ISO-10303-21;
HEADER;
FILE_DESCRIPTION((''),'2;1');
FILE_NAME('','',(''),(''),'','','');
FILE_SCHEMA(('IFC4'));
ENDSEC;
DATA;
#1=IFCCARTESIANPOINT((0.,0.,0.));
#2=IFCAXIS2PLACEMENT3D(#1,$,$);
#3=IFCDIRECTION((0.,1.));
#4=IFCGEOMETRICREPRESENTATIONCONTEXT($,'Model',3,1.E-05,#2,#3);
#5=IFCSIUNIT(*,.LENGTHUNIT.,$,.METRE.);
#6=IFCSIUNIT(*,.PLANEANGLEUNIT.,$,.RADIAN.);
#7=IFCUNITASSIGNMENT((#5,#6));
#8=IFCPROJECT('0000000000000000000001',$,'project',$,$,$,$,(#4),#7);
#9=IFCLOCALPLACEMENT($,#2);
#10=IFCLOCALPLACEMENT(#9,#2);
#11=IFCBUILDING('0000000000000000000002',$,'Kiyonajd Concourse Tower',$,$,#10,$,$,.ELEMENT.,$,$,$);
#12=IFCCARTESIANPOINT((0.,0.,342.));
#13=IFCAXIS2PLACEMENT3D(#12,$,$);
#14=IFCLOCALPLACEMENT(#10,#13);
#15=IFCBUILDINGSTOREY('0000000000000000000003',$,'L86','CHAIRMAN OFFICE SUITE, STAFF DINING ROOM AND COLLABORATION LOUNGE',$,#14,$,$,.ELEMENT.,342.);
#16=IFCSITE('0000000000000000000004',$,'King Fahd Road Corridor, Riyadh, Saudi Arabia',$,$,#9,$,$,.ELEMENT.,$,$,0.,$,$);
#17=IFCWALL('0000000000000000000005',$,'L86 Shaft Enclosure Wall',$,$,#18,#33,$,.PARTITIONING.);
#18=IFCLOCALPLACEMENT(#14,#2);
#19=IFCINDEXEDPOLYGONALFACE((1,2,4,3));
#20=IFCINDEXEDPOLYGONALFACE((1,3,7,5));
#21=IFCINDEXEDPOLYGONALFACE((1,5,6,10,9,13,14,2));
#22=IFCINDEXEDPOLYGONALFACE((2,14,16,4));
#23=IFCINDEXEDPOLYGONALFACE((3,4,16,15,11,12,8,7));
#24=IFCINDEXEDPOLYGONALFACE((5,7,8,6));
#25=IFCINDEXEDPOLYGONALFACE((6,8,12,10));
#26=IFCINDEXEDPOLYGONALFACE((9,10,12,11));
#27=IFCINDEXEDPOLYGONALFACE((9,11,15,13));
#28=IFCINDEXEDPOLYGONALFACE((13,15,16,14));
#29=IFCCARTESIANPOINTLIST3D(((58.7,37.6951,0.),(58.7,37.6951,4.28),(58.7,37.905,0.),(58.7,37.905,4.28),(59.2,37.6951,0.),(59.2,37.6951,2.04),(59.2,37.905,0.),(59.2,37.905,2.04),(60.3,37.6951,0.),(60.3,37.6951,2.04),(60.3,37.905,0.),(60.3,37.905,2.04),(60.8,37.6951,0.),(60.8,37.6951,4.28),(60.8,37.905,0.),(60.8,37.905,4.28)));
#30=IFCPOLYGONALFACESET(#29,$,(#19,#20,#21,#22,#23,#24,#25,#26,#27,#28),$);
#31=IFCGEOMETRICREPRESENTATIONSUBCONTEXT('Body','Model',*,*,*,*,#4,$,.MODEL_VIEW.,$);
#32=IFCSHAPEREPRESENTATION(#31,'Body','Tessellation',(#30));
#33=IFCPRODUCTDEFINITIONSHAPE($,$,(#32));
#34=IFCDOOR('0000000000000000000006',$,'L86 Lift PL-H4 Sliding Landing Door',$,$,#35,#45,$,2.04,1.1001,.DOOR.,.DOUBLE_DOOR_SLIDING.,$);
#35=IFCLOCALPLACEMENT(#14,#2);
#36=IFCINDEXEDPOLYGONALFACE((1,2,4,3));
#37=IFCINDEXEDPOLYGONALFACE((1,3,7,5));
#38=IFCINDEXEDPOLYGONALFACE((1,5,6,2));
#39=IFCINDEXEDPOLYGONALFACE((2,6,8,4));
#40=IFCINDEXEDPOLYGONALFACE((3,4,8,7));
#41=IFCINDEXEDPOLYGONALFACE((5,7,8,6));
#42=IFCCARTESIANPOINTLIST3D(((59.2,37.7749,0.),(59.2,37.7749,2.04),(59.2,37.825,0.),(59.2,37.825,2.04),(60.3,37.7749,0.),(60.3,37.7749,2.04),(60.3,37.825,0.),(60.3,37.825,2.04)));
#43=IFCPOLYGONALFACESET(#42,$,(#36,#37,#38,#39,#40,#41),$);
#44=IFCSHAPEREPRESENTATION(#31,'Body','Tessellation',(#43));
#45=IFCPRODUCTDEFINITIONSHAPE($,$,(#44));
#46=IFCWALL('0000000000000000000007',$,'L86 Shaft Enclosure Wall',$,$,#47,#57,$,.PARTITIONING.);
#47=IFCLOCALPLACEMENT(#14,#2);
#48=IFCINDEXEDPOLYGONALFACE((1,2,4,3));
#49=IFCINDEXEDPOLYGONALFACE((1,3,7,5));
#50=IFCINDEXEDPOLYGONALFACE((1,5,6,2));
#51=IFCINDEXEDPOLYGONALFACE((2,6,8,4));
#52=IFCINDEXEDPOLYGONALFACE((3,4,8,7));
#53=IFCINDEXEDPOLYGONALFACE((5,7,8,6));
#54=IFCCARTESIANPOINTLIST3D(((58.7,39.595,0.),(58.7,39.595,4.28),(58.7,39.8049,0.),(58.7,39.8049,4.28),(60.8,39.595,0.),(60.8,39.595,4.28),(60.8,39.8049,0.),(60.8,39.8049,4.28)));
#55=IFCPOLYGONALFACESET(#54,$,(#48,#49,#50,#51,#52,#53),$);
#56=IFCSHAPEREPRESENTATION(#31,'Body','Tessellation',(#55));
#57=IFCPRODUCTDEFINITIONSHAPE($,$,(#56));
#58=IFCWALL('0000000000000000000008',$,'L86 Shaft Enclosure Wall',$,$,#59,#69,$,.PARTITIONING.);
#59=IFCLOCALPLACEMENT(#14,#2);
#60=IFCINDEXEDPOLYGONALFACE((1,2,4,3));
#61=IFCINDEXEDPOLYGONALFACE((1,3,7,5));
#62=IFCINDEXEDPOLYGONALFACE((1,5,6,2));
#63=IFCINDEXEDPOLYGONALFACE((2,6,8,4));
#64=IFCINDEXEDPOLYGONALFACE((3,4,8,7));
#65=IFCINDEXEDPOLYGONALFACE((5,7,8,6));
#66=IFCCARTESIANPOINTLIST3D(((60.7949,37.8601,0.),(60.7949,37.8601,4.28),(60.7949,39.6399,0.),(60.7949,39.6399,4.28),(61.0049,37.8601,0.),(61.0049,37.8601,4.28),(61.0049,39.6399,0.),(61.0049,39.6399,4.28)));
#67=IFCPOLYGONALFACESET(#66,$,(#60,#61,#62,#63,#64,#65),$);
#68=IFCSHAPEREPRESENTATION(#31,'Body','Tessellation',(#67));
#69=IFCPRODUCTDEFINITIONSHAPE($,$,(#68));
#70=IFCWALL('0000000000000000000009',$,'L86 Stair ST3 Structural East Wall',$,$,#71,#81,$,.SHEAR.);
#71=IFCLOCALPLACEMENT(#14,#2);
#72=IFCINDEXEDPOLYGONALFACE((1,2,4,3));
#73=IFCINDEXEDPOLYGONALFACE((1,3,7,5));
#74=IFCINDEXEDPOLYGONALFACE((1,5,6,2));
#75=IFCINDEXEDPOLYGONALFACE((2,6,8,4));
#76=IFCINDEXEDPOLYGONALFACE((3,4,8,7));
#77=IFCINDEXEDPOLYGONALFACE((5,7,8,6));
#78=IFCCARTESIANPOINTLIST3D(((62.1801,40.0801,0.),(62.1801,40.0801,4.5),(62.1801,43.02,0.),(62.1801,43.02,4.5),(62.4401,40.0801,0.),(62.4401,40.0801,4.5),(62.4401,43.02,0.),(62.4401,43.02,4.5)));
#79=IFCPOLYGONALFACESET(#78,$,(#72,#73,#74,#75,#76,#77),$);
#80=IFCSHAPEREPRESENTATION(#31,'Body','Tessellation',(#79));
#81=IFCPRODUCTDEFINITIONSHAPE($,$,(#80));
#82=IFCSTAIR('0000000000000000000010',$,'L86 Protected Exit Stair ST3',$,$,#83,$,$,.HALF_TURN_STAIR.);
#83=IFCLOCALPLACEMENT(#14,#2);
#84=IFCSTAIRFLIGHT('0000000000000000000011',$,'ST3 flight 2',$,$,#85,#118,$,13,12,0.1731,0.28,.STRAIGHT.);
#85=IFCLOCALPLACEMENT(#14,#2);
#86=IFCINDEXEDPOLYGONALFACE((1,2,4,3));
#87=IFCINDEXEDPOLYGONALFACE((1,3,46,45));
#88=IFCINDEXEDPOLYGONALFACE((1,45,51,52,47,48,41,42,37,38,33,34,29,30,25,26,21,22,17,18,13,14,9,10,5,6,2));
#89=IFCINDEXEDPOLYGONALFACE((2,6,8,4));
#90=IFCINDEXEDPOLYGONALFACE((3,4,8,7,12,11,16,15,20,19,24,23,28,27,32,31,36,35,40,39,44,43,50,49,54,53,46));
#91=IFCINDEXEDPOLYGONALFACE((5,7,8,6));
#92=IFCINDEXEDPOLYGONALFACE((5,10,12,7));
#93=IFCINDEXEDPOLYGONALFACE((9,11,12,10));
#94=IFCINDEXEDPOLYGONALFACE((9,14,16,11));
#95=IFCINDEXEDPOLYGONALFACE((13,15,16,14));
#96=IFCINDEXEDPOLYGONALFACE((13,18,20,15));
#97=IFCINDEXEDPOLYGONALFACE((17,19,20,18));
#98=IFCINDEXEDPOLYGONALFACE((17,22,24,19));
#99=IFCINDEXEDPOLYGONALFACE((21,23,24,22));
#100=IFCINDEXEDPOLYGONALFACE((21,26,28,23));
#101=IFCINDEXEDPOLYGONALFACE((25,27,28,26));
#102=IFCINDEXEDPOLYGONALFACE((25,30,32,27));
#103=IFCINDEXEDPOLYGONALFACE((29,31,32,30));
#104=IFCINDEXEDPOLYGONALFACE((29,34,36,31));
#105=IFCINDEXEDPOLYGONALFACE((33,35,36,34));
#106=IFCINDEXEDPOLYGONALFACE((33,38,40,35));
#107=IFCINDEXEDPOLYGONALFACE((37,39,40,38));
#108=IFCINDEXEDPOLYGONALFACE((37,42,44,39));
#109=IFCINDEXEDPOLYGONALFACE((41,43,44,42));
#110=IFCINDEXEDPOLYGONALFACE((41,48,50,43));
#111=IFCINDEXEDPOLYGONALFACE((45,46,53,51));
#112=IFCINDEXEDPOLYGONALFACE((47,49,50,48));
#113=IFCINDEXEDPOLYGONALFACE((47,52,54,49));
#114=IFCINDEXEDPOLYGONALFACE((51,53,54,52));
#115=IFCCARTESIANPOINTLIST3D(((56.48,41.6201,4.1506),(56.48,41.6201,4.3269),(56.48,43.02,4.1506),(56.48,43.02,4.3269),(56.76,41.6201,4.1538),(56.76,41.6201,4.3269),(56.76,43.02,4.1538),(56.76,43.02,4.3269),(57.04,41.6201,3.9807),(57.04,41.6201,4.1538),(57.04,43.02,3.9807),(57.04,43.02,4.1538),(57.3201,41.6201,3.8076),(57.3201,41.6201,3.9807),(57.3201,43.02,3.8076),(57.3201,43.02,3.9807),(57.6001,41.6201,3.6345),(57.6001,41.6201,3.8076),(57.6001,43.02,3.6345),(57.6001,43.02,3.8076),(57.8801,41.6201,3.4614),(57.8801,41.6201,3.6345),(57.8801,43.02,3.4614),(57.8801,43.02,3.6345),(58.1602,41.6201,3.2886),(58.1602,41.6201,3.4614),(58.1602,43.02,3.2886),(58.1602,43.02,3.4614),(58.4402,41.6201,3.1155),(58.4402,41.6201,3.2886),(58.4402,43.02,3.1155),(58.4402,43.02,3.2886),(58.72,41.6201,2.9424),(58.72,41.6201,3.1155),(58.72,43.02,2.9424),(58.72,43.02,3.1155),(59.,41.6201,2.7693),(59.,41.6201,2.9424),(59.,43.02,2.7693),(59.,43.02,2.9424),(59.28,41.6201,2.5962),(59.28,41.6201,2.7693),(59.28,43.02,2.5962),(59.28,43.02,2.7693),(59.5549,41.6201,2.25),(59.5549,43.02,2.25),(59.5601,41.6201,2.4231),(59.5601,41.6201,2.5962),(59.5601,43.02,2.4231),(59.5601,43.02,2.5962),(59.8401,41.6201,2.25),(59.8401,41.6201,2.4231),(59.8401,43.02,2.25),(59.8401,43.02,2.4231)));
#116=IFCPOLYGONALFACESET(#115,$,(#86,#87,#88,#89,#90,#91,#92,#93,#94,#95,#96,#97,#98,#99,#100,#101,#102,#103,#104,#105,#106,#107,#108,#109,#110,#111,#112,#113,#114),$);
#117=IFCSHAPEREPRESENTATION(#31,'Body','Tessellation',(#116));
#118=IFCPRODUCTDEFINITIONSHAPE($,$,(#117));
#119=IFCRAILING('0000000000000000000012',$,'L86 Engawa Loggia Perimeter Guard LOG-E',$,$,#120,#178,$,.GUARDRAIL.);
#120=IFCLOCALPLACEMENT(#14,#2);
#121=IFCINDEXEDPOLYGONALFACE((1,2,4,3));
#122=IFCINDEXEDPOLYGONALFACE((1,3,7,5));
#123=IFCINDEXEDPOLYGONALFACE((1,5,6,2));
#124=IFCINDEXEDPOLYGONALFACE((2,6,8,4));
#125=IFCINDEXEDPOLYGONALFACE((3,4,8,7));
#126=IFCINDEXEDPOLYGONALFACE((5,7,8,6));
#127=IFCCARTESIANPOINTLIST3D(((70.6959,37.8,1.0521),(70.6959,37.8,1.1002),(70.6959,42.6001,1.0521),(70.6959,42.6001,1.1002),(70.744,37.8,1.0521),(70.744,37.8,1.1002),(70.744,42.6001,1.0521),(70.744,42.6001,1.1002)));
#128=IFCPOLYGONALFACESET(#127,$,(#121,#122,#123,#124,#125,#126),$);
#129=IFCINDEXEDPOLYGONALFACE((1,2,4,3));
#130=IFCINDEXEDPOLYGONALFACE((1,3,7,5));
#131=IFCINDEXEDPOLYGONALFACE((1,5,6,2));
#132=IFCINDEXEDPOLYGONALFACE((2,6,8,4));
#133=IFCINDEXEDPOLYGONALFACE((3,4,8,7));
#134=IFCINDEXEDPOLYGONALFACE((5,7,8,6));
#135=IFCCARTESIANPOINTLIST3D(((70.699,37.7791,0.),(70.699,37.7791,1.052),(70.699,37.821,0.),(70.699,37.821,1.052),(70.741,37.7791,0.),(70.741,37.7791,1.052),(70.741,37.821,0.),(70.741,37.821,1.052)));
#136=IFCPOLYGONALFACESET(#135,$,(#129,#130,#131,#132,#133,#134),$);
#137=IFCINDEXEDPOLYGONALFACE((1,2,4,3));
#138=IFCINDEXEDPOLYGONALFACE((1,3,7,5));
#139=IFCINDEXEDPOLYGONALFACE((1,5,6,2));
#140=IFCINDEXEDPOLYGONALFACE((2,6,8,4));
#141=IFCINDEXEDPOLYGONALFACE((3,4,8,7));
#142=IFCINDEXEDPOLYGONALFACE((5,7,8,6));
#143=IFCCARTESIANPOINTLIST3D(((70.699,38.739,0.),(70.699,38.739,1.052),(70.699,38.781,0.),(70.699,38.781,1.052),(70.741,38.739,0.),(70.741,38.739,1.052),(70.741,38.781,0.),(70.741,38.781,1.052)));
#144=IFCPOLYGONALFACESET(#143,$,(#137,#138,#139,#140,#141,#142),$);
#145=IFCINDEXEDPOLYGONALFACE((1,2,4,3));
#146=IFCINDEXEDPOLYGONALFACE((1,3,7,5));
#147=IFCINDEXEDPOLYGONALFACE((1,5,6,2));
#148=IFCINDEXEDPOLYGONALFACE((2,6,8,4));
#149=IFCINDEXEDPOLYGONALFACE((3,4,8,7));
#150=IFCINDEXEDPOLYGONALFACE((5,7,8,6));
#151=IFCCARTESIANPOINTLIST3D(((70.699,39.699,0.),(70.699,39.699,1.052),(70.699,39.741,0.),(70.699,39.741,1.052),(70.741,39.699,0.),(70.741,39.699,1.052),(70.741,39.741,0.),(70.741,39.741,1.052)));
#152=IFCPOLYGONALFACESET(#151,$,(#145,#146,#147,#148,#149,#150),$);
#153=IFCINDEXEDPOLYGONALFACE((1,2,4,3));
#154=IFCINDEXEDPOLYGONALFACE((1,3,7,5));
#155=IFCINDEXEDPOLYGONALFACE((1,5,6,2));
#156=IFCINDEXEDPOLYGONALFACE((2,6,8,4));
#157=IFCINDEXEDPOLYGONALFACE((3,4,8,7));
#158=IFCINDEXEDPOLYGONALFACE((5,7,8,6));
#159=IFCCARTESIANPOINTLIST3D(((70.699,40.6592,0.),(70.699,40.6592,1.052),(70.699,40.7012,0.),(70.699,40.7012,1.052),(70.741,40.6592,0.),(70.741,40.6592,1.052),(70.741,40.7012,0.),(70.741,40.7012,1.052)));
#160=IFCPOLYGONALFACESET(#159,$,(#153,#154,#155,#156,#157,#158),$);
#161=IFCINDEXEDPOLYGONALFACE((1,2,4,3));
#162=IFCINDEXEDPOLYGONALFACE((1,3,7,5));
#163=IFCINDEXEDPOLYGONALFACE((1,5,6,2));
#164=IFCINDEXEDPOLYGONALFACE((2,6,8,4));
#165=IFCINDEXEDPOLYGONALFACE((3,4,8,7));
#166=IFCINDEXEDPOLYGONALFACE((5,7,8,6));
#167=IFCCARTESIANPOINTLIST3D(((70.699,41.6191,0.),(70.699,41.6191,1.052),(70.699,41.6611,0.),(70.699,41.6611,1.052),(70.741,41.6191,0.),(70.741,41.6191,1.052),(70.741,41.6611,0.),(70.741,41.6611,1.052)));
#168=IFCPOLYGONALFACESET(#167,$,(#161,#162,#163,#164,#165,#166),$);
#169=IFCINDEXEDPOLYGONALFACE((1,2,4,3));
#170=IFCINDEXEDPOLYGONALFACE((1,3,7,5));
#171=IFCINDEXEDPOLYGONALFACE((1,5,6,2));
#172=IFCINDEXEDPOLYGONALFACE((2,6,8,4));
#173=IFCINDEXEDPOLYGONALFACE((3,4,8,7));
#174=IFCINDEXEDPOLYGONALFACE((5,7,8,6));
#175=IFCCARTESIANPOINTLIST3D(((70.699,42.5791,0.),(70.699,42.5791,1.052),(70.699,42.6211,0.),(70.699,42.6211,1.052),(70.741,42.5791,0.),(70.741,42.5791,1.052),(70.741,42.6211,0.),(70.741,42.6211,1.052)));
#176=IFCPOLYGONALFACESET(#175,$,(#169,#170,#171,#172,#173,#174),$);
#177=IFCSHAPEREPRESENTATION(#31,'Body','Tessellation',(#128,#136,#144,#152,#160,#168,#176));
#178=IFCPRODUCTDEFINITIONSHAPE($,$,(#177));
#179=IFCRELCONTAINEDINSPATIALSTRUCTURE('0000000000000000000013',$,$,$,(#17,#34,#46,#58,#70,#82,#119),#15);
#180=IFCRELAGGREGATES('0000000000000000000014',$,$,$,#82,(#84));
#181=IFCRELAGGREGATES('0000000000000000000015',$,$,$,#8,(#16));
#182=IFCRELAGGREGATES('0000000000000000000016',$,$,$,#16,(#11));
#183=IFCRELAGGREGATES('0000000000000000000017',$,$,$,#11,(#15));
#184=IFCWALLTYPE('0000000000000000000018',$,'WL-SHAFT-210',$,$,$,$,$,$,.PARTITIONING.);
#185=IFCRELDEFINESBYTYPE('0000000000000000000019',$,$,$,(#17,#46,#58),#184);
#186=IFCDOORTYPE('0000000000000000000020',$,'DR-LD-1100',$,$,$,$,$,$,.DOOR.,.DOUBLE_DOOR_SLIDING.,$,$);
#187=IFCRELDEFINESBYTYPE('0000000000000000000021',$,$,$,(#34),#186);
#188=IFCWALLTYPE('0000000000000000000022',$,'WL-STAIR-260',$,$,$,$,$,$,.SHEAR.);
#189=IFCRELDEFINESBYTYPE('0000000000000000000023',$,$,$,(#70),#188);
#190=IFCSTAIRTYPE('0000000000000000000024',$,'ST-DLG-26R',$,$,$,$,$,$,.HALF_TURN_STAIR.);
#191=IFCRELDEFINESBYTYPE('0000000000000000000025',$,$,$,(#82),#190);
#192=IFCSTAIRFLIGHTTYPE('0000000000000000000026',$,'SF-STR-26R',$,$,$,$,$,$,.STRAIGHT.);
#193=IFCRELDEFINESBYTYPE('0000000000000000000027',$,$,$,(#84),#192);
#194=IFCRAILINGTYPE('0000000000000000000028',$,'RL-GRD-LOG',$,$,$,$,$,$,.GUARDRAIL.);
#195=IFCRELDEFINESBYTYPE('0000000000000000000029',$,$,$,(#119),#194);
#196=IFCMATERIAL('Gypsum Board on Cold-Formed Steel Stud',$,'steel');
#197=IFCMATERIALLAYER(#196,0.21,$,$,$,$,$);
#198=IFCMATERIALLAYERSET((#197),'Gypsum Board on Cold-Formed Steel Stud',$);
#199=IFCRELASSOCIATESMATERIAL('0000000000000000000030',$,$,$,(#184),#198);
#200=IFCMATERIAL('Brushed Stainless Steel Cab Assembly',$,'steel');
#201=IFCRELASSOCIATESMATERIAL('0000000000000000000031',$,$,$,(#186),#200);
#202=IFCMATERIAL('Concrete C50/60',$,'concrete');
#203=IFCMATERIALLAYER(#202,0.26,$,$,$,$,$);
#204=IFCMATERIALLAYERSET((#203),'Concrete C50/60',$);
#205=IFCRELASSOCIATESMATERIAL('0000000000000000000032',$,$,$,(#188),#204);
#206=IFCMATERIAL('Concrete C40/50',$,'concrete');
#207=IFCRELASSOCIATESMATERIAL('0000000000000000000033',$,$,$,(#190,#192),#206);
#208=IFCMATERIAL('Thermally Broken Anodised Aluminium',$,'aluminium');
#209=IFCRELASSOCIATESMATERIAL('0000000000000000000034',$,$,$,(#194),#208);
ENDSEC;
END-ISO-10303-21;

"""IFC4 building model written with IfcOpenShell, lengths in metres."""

from ifc_helpers import new_model, si_unit, direction, frame, frame_2d, origin, origin_2d, place, context, subcontext, project, spatial, polyline, rectangle, outline, extrude, material, layer, layer_set, type_object, element, fill, aggregate, save


model = new_model("IFC4")

# Units and contexts
model_context = context("Model", 3, precision=1e-05, world=origin(), true_north=direction((0.0, 1.0)))
body_context = subcontext(model_context, "Body", "Model", "MODEL_VIEW")
ifc_project = project(units=[si_unit("LENGTHUNIT", "METRE"), si_unit("PLANEANGLEUNIT", "RADIAN")], contexts=[model_context])

# Site, building, storey
site_placement = place(None, origin())
site = spatial("IfcSite", under=ifc_project, at=site_placement, Name="King Fahd Road Corridor, Riyadh, Saudi Arabia", CompositionType="ELEMENT", RefElevation=0.0)
building_placement = place(site_placement, origin())
building = spatial("IfcBuilding", under=site, at=building_placement, Name="Kiyonajd Concourse Tower", CompositionType="ELEMENT")
storey_placement = place(building_placement, frame((0.0, 0.0, 342.0)))
storey = spatial("IfcBuildingStorey", under=building, at=storey_placement, Name="L86", Description="CHAIRMAN OFFICE SUITE, STAFF DINING ROOM AND COLLABORATION LOUNGE", CompositionType="ELEMENT", Elevation=342.0)

# Shared definitions
ifc_material_1 = material(Name="Thermally Broken Anodised Aluminium", Category="aluminium")

# Shared definitions
ifc_material_2 = material(Name="Gypsum Board on Cold-Formed Steel Stud", Category="steel")
ifc_layer_1 = layer(ifc_material_2, 0.21)
ifc_layer_set_1 = layer_set([ifc_layer_1], Name="Gypsum Board on Cold-Formed Steel Stud")
wall_type_1 = type_object("IfcWallType", Name="WL-SHAFT-210", PredefinedType="PARTITIONING", material=ifc_layer_set_1)

# Wall, opening, door
wall_1_placement = place(storey_placement, frame((58.7, 37.8, 0.0), z_axis=(0.0, 0.0, 1.0), x_axis=(1.0, 0.0, 0.0)))
wall_1 = element("IfcWall", 1, at=wall_1_placement, inside=storey, type_object=wall_type_1, Name="L86 Shaft Enclosure Wall", PredefinedType="PARTITIONING", context=body_context, shape_type="SweptSolid", body=[
    extrude(rectangle(XDim=2.1001, YDim=0.21, at=frame_2d((1.05, 0.0))), origin(), (0.0, 0.0, 1.0), 4.28),
])
opening_1_placement = place(wall_1_placement, frame((0.5, 0.0, 0.0)))
opening_1 = element("IfcOpeningElement", 2, at=opening_1_placement, cuts=wall_1, PredefinedType="OPENING", context=body_context, shape_type="SweptSolid", body=[
    extrude(rectangle(XDim=1.1001, YDim=2.04, at=frame_2d((0.55, 1.02))), frame((0.0, 0.115, 0.0), z_axis=(0.0, -1.0, 0.0), x_axis=(1.0, 0.0, 0.0)), (0.0, 0.0, 1.0), 0.23),
])
ifc_material_3 = material(Name="Brushed Stainless Steel Cab Assembly", Category="steel")
door_type_1 = type_object("IfcDoorType", Name="DR-LD-1100", OperationType="DOUBLE_DOOR_SLIDING", PredefinedType="DOOR", material=ifc_material_3)
door_1_placement = place(opening_1_placement, origin())
door_1 = element("IfcDoor", 3, at=door_1_placement, inside=storey, type_object=door_type_1, Name="L86 Lift PL-H4 Sliding Landing Door", OperationType="DOUBLE_DOOR_SLIDING", OverallHeight=2.04, OverallWidth=1.1001, PredefinedType="DOOR", context=body_context, shape_type="SweptSolid", body=[
    extrude(rectangle(XDim=1.1001, YDim=2.04, at=frame_2d((0.55, 1.02))), frame((0.0, 0.0249, 0.0), z_axis=(0.0, -1.0, 0.0), x_axis=(1.0, 0.0, 0.0)), (0.0, 0.0, 1.0), 0.05),
])
fill(opening_1, door_1)

# Walls
wall_2_placement = place(storey_placement, frame((58.7, 39.7, 0.0), z_axis=(0.0, 0.0, 1.0), x_axis=(1.0, 0.0, 0.0)))
element("IfcWall", 4, at=wall_2_placement, inside=storey, type_object=wall_type_1, Name="L86 Shaft Enclosure Wall", PredefinedType="PARTITIONING", context=body_context, shape_type="SweptSolid", body=[
    extrude(rectangle(XDim=2.1001, YDim=0.21, at=frame_2d((1.05, 0.0))), origin(), (0.0, 0.0, 1.0), 4.28),
])
wall_3_placement = place(storey_placement, frame((60.8999, 37.8601, 0.0), z_axis=(0.0, 0.0, 1.0), x_axis=(0.0, 1.0, 0.0)))
element("IfcWall", 5, at=wall_3_placement, inside=storey, type_object=wall_type_1, Name="L86 Shaft Enclosure Wall", PredefinedType="PARTITIONING", context=body_context, shape_type="SweptSolid", body=[
    extrude(rectangle(XDim=1.7798, YDim=0.21, at=frame_2d((0.8899, 0.0))), origin(), (0.0, 0.0, 1.0), 4.28),
])
ifc_material_4 = material(Name="Concrete C50/60", Category="concrete")
ifc_layer_2 = layer(ifc_material_4, 0.26)
ifc_layer_set_2 = layer_set([ifc_layer_2], Name="Concrete C50/60")
wall_type_2 = type_object("IfcWallType", Name="WL-STAIR-260", PredefinedType="SHEAR", material=ifc_layer_set_2)
wall_4_placement = place(storey_placement, frame((62.3101, 40.0801, 0.0), z_axis=(0.0, 0.0, 1.0), x_axis=(0.0, 1.0, 0.0)))
element("IfcWall", 6, at=wall_4_placement, inside=storey, type_object=wall_type_2, Name="L86 Stair ST3 Structural East Wall", PredefinedType="SHEAR", context=body_context, shape_type="SweptSolid", body=[
    extrude(rectangle(XDim=2.9399, YDim=0.26, at=frame_2d((1.47, 0.0))), origin(), (0.0, 0.0, 1.0), 4.5),
])

# Stair, stair flight
ifc_material_5 = material(Name="Concrete C40/50", Category="concrete")
stair_type = type_object("IfcStairType", Name="ST-DLG-26R", PredefinedType="HALF_TURN_STAIR", material=ifc_material_5)
stair_placement = place(storey_placement, origin())
stair = element("IfcStair", 7, at=stair_placement, inside=storey, type_object=stair_type, Name="L86 Protected Exit Stair ST3", PredefinedType="HALF_TURN_STAIR")
stair_flight_type = type_object("IfcStairFlightType", Name="SF-STR-26R", PredefinedType="STRAIGHT", material=ifc_material_5)
stair_flight_placement = place(storey_placement, frame((59.8401, 42.3201, 2.25), z_axis=(0.0, 0.0, 1.0), x_axis=(-1.0, 0.0, 0.0)))
stair_flight = element("IfcStairFlight", 8, at=stair_flight_placement, type_object=stair_flight_type, Name="ST3 flight 2", NumberOfRisers=13, NumberOfTreads=12, PredefinedType="STRAIGHT", RiserHeight=0.1731, TreadLength=0.28, context=body_context, shape_type="SweptSolid", body=[
    extrude(outline(polyline([(0.0, 0.0), (0.0, 0.1731), (0.28, 0.1731), (0.28, 0.3462), (0.5601, 0.3462), (0.5601, 0.5193), (0.8401, 0.5193), (0.8401, 0.6924), (1.1201, 0.6924), (1.1201, 0.8655), (1.3999, 0.8655), (1.3999, 1.0386), (1.6799, 1.0386), (1.6799, 1.2114), (1.96, 1.2114), (1.96, 1.3845), (2.24, 1.3845), (2.24, 1.5576), (2.52, 1.5576), (2.52, 1.7307), (2.8, 1.7307), (2.8, 1.9038), (3.0801, 1.9038), (3.0801, 2.0769), (3.3601, 2.0769), (3.3601, 2.25), (3.3601, 1.9006), (0.2852, 0.0), (0.0, 0.0)])), frame((0.0, 0.7, 0.0), z_axis=(0.0, -1.0, 0.0), x_axis=(1.0, 0.0, 0.0)), (0.0, 0.0, 1.0), 1.3999),
])
aggregate(stair, [stair_flight])

# Railing
railing_type_1 = type_object("IfcRailingType", Name="RL-GRD-LOG", PredefinedType="GUARDRAIL", material=ifc_material_1)
railing_1_placement = place(storey_placement, frame((70.72, 37.8, 0.0)))
element("IfcRailing", 9, at=railing_1_placement, inside=storey, type_object=railing_type_1, Name="L86 Engawa Loggia Perimeter Guard LOG-E", PredefinedType="GUARDRAIL", context=body_context, shape_type="SweptSolid", body=[
    extrude(rectangle(XDim=0.0481, YDim=0.0481, at=origin_2d()), frame((0.0, 0.0, 1.0762), z_axis=(0.0, 1.0, 0.0), x_axis=(-1.0, 0.0, 0.0)), (0.0, 0.0, 1.0), 4.8),
    extrude(rectangle(XDim=0.042, YDim=0.042, at=origin_2d()), origin(), (0.0, 0.0, 1.0), 1.052),
    extrude(rectangle(XDim=0.042, YDim=0.042, at=origin_2d()), frame((0.0, 0.96, 0.0)), (0.0, 0.0, 1.0), 1.052),
    extrude(rectangle(XDim=0.042, YDim=0.042, at=origin_2d()), frame((0.0, 1.9199, 0.0)), (0.0, 0.0, 1.0), 1.052),
    extrude(rectangle(XDim=0.042, YDim=0.042, at=origin_2d()), frame((0.0, 2.8801, 0.0)), (0.0, 0.0, 1.0), 1.052),
    extrude(rectangle(XDim=0.042, YDim=0.042, at=origin_2d()), frame((0.0, 3.8401, 0.0)), (0.0, 0.0, 1.0), 1.052),
    extrude(rectangle(XDim=0.042, YDim=0.042, at=origin_2d()), frame((0.0, 4.8, 0.0)), (0.0, 0.0, 1.0), 1.052),
])

save(model, "model.ifc")
